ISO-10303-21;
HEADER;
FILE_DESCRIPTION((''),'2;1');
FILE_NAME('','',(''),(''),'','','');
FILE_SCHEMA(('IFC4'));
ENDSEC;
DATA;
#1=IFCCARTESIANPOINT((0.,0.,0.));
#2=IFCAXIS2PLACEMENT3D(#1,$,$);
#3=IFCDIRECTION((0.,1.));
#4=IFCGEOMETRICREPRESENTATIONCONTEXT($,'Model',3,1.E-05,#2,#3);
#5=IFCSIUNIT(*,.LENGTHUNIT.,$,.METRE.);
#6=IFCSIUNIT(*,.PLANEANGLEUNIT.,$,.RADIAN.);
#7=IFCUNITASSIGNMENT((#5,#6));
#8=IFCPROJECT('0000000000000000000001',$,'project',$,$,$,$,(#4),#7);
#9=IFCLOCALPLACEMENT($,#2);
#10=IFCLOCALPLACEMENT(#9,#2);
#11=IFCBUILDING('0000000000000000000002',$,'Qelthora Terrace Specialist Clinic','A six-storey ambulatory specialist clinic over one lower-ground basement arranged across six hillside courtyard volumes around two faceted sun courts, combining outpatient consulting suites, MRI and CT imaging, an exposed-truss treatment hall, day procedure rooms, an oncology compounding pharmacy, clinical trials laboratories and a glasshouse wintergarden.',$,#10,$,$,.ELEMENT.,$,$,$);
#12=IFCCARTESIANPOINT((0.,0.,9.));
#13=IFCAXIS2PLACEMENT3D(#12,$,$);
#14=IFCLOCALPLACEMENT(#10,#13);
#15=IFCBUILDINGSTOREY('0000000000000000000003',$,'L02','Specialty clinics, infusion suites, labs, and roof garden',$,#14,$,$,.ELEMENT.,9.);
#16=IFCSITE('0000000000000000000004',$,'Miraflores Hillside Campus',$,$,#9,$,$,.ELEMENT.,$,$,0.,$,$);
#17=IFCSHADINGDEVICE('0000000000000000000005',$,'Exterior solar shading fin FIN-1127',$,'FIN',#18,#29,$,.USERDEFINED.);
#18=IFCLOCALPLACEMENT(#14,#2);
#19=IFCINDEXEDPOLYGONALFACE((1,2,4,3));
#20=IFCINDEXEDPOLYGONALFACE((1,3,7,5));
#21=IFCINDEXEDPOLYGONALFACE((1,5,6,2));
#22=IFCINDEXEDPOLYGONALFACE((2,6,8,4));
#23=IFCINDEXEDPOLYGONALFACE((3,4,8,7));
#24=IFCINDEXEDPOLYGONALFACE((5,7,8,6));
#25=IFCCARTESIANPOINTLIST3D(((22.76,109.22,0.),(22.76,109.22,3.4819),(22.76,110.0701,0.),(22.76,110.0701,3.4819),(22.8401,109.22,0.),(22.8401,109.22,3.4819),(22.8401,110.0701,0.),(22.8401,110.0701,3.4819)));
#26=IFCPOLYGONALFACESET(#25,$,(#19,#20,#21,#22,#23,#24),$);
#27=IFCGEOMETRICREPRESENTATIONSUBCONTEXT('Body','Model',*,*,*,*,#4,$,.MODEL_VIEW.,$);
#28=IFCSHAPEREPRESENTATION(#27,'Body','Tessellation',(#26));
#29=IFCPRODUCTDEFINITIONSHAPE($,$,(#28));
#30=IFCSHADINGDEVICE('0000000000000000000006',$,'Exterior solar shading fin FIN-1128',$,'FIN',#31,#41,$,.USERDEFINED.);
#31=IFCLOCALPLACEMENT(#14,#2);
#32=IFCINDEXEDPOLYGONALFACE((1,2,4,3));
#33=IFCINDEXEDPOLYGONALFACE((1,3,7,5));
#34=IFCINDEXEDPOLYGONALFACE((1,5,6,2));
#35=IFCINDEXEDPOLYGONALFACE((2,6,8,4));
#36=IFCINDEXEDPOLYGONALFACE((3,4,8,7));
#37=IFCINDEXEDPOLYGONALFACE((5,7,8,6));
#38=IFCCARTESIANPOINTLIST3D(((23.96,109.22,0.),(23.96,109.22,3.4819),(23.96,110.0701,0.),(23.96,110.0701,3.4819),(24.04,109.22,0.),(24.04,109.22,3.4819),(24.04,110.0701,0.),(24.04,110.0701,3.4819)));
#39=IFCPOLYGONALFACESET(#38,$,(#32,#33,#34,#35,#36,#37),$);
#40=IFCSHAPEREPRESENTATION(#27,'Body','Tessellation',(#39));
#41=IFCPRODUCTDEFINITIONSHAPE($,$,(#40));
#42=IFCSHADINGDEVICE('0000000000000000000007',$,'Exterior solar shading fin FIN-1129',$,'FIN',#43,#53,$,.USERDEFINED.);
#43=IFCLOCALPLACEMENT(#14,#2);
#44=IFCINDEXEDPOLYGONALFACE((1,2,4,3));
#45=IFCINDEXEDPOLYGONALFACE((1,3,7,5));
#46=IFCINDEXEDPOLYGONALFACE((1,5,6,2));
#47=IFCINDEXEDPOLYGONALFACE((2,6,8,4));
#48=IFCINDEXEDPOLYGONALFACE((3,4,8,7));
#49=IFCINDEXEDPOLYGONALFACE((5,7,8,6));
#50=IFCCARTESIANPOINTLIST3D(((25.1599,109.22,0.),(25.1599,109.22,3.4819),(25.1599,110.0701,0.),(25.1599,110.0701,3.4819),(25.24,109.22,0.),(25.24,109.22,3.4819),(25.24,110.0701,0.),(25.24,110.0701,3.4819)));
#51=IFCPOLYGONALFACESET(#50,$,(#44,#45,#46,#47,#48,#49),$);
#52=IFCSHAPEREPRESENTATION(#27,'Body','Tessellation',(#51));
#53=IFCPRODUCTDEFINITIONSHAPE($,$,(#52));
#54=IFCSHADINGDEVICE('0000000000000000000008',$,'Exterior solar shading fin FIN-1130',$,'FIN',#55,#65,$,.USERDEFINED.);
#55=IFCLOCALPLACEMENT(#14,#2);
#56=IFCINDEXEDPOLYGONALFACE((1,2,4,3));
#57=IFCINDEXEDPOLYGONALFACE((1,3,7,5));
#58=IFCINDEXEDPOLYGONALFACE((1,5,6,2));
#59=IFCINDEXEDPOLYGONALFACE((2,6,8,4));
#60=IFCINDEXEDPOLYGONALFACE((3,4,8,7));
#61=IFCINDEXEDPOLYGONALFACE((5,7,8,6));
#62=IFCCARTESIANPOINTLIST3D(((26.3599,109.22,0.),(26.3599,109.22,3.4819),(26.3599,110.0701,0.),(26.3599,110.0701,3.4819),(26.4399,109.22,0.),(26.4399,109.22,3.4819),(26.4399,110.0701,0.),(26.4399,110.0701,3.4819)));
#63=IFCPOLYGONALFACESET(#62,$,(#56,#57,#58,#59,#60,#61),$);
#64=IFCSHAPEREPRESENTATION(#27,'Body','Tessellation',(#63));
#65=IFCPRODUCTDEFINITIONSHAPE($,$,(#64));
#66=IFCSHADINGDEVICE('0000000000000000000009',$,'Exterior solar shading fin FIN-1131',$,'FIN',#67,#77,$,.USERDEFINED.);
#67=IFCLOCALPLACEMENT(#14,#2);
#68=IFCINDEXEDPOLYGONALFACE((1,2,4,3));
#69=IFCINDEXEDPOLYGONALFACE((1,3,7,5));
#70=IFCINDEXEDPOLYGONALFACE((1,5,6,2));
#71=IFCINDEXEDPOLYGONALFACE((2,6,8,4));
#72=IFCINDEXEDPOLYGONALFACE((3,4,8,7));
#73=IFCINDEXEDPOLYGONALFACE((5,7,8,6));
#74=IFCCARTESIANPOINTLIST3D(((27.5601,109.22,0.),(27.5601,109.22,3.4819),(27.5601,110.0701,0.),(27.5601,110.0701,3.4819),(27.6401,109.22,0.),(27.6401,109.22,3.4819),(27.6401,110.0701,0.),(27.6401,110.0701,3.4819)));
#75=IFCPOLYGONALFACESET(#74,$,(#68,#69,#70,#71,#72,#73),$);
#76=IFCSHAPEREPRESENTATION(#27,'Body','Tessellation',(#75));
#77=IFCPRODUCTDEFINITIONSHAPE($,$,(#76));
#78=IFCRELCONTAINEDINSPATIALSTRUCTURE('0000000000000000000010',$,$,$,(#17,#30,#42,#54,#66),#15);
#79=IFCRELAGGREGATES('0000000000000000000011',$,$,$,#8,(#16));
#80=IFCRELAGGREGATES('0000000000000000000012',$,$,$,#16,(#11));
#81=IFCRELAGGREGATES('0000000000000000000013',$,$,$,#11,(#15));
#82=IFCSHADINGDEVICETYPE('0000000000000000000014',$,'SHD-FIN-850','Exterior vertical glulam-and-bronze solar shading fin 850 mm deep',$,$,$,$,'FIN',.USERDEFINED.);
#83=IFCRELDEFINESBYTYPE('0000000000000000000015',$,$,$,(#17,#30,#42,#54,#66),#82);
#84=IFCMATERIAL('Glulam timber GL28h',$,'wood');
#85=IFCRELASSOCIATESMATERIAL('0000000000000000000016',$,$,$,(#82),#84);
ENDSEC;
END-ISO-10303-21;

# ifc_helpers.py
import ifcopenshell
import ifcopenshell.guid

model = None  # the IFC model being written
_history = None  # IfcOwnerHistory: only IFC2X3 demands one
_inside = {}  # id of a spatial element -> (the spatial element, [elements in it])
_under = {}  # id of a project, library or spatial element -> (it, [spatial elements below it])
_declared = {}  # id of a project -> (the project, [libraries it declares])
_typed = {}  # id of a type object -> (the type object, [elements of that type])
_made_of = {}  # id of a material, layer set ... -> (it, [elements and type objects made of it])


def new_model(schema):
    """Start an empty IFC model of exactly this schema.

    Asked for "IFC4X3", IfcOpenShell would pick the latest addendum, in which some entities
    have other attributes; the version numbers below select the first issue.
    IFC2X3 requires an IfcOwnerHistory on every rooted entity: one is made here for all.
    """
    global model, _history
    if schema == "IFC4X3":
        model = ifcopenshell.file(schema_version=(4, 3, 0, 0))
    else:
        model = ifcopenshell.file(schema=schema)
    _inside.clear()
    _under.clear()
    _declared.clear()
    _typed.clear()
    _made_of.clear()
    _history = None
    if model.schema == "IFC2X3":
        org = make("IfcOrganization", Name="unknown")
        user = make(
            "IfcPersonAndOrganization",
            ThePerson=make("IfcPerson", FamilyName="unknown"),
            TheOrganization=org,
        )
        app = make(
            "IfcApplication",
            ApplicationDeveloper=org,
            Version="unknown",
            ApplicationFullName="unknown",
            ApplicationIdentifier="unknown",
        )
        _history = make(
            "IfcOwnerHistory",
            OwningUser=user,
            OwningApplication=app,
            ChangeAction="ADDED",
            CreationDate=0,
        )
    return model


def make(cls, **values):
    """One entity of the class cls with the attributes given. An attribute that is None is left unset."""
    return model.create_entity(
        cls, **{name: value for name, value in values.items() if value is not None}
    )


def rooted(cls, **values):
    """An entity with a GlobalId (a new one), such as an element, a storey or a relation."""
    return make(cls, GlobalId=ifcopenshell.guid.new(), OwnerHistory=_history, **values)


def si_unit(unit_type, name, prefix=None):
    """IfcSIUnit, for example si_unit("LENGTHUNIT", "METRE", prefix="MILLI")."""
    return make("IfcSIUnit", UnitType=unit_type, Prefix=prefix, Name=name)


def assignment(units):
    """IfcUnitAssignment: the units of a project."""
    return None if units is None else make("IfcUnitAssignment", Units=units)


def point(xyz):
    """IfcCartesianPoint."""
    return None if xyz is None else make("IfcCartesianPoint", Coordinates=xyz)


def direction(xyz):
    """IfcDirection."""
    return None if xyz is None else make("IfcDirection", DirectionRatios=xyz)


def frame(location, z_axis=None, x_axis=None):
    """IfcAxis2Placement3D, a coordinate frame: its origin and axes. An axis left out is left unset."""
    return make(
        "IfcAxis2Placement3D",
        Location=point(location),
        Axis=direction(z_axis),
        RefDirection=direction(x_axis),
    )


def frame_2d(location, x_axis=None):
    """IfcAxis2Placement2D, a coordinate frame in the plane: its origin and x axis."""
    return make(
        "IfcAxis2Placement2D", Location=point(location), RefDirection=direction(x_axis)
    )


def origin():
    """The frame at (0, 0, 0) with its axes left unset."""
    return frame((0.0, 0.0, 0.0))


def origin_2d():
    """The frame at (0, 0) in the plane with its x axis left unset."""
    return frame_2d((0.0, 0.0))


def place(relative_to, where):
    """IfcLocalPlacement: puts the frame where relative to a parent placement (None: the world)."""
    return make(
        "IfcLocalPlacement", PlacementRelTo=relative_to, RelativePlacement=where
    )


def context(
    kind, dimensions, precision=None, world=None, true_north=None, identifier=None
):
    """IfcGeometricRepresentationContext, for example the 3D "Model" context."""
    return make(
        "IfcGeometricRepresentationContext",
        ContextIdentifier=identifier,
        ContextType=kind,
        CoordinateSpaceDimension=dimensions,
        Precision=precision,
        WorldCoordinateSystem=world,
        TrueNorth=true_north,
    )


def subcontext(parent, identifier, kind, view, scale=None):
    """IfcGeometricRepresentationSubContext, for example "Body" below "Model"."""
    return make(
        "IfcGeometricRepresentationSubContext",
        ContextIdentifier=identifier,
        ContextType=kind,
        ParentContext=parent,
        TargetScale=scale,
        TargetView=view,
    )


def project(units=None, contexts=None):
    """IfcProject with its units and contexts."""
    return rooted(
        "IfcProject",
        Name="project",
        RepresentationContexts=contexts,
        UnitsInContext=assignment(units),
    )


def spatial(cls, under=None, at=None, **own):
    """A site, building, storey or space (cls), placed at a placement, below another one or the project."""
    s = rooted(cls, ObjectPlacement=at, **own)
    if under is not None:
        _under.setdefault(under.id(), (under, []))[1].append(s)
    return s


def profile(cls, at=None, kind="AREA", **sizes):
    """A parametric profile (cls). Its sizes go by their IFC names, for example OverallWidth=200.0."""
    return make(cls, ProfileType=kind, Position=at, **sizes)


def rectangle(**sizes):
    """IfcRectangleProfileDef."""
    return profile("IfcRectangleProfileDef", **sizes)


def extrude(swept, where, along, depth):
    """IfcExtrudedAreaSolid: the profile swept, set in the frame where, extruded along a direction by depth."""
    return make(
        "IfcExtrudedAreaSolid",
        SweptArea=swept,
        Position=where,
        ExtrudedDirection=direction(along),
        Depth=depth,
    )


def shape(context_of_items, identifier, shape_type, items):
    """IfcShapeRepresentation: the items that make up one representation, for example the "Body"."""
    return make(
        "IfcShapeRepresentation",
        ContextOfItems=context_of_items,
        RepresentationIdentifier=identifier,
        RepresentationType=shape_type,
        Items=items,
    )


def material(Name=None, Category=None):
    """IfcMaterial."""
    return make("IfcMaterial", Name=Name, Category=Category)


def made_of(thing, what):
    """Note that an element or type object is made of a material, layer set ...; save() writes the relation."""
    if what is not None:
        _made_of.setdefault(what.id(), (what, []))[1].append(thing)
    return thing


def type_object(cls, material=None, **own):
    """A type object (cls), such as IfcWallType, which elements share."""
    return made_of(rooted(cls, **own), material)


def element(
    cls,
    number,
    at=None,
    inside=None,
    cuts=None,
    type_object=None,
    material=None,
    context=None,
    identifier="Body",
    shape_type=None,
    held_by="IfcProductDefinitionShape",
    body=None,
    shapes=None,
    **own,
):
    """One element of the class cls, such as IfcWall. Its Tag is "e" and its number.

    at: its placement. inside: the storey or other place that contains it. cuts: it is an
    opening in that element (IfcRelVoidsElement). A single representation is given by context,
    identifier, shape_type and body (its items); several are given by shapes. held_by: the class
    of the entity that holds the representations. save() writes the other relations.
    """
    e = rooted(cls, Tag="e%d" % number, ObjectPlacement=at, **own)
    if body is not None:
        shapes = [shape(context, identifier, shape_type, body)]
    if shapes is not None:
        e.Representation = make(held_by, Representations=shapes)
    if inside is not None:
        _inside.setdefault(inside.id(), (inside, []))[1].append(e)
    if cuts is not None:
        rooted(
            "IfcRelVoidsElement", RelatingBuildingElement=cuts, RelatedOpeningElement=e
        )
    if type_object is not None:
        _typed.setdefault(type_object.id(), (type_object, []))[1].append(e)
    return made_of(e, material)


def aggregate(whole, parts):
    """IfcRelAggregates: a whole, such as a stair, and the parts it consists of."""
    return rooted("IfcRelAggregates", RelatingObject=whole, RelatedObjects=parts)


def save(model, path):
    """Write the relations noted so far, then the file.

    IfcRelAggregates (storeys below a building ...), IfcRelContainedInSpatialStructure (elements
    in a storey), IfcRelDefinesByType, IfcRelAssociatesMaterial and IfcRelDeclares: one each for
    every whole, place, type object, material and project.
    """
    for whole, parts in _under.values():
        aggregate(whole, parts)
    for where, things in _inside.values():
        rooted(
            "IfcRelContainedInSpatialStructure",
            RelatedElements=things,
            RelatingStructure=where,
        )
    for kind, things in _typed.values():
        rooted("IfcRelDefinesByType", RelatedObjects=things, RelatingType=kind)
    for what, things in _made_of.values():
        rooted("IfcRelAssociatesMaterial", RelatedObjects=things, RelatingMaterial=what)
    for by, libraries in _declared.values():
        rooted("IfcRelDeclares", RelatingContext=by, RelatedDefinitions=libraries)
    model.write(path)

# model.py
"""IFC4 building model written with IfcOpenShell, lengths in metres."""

from ifc_helpers import new_model, si_unit, direction, frame, origin, origin_2d, place, context, subcontext, project, spatial, rectangle, extrude, material, type_object, element, save


model = new_model("IFC4")

# Units and contexts
model_context = context("Model", 3, precision=1e-05, world=origin(), true_north=direction((0.0, 1.0)))
body_context = subcontext(model_context, "Body", "Model", "MODEL_VIEW")
ifc_project = project(units=[si_unit("LENGTHUNIT", "METRE"), si_unit("PLANEANGLEUNIT", "RADIAN")], contexts=[model_context])

# Site, building, storey
site_placement = place(None, origin())
site = spatial("IfcSite", under=ifc_project, at=site_placement, Name="Miraflores Hillside Campus", CompositionType="ELEMENT", RefElevation=0.0)
building_placement = place(site_placement, origin())
building = spatial("IfcBuilding", under=site, at=building_placement, Name="Qelthora Terrace Specialist Clinic", Description="A six-storey ambulatory specialist clinic over one lower-ground basement arranged across six hillside courtyard volumes around two faceted sun courts, combining outpatient consulting suites, MRI and CT imaging, an exposed-truss treatment hall, day procedure rooms, an oncology compounding pharmacy, clinical trials laboratories and a glasshouse wintergarden.", CompositionType="ELEMENT")
storey_placement = place(building_placement, frame((0.0, 0.0, 9.0)))
storey = spatial("IfcBuildingStorey", under=building, at=storey_placement, Name="L02", Description="Specialty clinics, infusion suites, labs, and roof garden", CompositionType="ELEMENT", Elevation=9.0)

# Shading devices
ifc_material_1 = material(Name="Glulam timber GL28h", Category="wood")
shading_device_type = type_object("IfcShadingDeviceType", Name="SHD-FIN-850", Description="Exterior vertical glulam-and-bronze solar shading fin 850 mm deep", ElementType="FIN", PredefinedType="USERDEFINED", material=ifc_material_1)
for number, where, z_axis, x_axis, name in (
    (1, (22.8, 109.645, 0.0), (0.0, 0.0, 1.0), (0.0, 1.0, 0.0), "Exterior solar shading fin FIN-1127"),
    (2, (24.0, 109.645, 0.0), (0.0, 0.0, 1.0), (0.0, 1.0, 0.0), "Exterior solar shading fin FIN-1128"),
    (3, (25.2, 109.645, 0.0), (0.0, 0.0, 1.0), (0.0, 1.0, 0.0), "Exterior solar shading fin FIN-1129"),
    (4, (26.3999, 109.645, 0.0), (0.0, 0.0, 1.0), (0.0, 1.0, 0.0), "Exterior solar shading fin FIN-1130"),
    (5, (27.6001, 109.645, 0.0), (0.0, 0.0, 1.0), (0.0, 1.0, 0.0), "Exterior solar shading fin FIN-1131"),
):
    element("IfcShadingDevice", number, at=place(storey_placement, frame(where, z_axis=z_axis, x_axis=x_axis)), inside=storey, type_object=shading_device_type, Name=name, ObjectType="FIN", PredefinedType="USERDEFINED", context=body_context, shape_type="SweptSolid", body=[
        extrude(rectangle(XDim=0.8501, YDim=0.0801, at=origin_2d()), origin(), (0.0, 0.0, 1.0), 3.4819),
    ])

save(model, "model.ifc")
